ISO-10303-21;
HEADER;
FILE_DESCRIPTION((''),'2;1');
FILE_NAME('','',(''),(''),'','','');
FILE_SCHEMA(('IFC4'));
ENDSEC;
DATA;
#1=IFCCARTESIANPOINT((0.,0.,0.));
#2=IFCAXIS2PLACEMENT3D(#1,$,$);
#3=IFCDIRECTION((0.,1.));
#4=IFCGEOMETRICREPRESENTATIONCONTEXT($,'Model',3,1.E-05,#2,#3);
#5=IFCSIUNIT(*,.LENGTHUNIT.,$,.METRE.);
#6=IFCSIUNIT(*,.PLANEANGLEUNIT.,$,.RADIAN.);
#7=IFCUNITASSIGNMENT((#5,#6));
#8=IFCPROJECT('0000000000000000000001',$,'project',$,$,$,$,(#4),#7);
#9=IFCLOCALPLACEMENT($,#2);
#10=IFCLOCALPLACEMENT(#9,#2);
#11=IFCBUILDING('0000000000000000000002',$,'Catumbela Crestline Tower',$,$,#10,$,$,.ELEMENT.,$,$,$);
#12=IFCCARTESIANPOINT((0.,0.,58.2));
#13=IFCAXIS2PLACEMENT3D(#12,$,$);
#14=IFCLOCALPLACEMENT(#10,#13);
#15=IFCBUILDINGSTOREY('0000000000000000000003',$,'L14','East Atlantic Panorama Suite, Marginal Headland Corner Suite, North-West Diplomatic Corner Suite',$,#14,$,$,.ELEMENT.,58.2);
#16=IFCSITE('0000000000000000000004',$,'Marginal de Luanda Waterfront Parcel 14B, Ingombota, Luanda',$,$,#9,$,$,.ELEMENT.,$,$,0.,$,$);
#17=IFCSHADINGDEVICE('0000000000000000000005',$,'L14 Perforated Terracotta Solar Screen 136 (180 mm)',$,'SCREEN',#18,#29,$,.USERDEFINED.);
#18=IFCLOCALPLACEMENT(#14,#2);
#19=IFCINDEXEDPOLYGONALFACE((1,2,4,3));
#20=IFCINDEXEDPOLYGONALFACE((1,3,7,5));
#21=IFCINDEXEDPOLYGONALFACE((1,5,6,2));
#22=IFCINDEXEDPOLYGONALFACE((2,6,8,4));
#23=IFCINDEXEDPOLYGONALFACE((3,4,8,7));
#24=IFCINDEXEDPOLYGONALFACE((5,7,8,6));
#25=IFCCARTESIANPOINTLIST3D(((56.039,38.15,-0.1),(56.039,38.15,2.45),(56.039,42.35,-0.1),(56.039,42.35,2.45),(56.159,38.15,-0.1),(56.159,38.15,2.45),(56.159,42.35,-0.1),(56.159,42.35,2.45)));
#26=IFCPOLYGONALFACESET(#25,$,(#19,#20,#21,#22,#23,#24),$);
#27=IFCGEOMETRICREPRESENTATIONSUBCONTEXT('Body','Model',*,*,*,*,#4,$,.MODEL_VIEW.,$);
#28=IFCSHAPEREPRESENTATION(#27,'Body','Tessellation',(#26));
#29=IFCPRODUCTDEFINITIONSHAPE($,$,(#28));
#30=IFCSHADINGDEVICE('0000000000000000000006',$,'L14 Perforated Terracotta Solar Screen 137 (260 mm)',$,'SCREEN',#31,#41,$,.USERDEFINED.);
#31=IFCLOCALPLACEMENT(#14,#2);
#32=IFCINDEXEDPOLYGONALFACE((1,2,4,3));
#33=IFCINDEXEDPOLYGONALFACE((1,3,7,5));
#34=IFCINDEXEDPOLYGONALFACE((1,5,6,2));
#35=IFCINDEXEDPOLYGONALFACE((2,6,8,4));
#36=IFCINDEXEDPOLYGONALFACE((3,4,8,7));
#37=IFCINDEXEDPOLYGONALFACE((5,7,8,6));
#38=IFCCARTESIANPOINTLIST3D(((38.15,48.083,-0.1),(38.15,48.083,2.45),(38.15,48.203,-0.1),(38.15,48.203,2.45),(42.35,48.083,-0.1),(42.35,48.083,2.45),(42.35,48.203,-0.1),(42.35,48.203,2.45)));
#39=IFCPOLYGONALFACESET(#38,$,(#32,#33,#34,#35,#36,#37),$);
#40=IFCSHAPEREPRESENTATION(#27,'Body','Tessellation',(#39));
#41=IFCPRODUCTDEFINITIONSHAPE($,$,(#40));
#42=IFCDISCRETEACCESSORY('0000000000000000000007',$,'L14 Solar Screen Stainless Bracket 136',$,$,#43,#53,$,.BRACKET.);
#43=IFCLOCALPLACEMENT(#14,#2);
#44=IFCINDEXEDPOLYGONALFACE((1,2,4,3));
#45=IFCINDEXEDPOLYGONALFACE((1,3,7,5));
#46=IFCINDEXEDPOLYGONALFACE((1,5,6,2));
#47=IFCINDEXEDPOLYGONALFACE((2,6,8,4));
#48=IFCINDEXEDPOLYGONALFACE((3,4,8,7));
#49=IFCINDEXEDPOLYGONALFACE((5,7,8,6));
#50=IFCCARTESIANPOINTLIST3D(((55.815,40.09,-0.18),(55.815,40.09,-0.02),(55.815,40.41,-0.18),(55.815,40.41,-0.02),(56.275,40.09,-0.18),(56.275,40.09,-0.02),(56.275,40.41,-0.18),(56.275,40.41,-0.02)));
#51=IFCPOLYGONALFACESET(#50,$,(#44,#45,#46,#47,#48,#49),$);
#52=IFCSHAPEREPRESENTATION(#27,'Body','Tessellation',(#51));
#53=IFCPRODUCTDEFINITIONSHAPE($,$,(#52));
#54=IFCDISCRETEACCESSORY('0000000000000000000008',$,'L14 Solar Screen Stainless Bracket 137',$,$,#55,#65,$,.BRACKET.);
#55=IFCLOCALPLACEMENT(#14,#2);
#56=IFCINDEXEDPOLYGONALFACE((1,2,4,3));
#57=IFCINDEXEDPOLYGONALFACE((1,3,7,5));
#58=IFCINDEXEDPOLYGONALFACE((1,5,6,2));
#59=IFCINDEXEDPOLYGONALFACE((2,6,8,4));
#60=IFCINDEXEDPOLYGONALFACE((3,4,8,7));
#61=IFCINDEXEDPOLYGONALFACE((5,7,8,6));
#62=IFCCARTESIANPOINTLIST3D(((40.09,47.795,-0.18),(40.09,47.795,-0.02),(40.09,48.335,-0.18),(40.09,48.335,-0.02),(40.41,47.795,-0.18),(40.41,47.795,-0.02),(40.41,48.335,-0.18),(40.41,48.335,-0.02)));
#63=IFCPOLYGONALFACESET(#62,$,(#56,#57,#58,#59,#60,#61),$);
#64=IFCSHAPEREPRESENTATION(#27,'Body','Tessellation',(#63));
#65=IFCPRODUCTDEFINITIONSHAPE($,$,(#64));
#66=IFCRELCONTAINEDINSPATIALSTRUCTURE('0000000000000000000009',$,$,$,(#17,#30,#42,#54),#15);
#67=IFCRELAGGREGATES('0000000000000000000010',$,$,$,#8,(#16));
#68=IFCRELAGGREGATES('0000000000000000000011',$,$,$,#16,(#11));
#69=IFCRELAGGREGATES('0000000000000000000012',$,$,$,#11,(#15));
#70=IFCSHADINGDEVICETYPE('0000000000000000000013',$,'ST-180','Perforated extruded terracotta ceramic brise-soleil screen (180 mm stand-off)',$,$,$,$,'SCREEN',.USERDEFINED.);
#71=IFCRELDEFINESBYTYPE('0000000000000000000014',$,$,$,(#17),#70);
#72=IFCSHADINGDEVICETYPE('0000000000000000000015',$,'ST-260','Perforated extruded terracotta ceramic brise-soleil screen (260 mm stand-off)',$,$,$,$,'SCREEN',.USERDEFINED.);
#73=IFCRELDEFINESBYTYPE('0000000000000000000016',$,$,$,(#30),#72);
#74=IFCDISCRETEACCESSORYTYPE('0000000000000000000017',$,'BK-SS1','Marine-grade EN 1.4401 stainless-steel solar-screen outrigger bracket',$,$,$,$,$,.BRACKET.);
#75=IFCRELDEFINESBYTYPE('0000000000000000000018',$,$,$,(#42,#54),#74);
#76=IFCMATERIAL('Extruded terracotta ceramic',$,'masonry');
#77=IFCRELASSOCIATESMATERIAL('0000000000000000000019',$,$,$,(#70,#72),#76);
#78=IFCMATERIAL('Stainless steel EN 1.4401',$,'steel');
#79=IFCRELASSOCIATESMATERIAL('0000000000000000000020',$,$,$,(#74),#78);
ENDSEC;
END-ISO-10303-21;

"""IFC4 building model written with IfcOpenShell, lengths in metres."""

from ifc_helpers import new_model, si_unit, direction, frame, origin, origin_2d, place, context, subcontext, project, spatial, rectangle, extrude, material, type_object, element, save


model = new_model("IFC4")

# Units and contexts
model_context = context("Model", 3, precision=1e-05, world=origin(), true_north=direction((0.0, 1.0)))
body_context = subcontext(model_context, "Body", "Model", "MODEL_VIEW")
ifc_project = project(units=[si_unit("LENGTHUNIT", "METRE"), si_unit("PLANEANGLEUNIT", "RADIAN")], contexts=[model_context])

# Site, building, storey
site_placement = place(None, origin())
site = spatial("IfcSite", under=ifc_project, at=site_placement, Name="Marginal de Luanda Waterfront Parcel 14B, Ingombota, Luanda", CompositionType="ELEMENT", RefElevation=0.0)
building_placement = place(site_placement, origin())
building = spatial("IfcBuilding", under=site, at=building_placement, Name="Catumbela Crestline Tower", CompositionType="ELEMENT")
storey_placement = place(building_placement, frame((0.0, 0.0, 58.2)))
storey = spatial("IfcBuildingStorey", under=building, at=storey_placement, Name="L14", Description="East Atlantic Panorama Suite, Marginal Headland Corner Suite, North-West Diplomatic Corner Suite", CompositionType="ELEMENT", Elevation=58.2)

# Shading devices
ifc_material_1 = material(Name="Extruded terracotta ceramic", Category="masonry")
shading_device_type_1 = type_object("IfcShadingDeviceType", Name="ST-180", Description="Perforated extruded terracotta ceramic brise-soleil screen (180 mm stand-off)", ElementType="SCREEN", PredefinedType="USERDEFINED", material=ifc_material_1)
shading_device_1_placement = place(storey_placement, frame((56.099, 40.25, -0.1), z_axis=(0.0, 0.0, 1.0), x_axis=(0.0, 1.0, 0.0)))
element("IfcShadingDevice", 1, at=shading_device_1_placement, inside=storey, type_object=shading_device_type_1, Name="L14 Perforated Terracotta Solar Screen 136 (180 mm)", ObjectType="SCREEN", PredefinedType="USERDEFINED", context=body_context, shape_type="SweptSolid", body=[
    extrude(rectangle(XDim=4.2, YDim=0.12, at=origin_2d()), origin(), (0.0, 0.0, 1.0), 2.55),
])
shading_device_type_2 = type_object("IfcShadingDeviceType", Name="ST-260", Description="Perforated extruded terracotta ceramic brise-soleil screen (260 mm stand-off)", ElementType="SCREEN", PredefinedType="USERDEFINED", material=ifc_material_1)
shading_device_2_placement = place(storey_placement, frame((40.25, 48.143, -0.1), z_axis=(0.0, 0.0, 1.0), x_axis=(-1.0, 0.0, 0.0)))
element("IfcShadingDevice", 2, at=shading_device_2_placement, inside=storey, type_object=shading_device_type_2, Name="L14 Perforated Terracotta Solar Screen 137 (260 mm)", ObjectType="SCREEN", PredefinedType="USERDEFINED", context=body_context, shape_type="SweptSolid", body=[
    extrude(rectangle(XDim=4.2, YDim=0.12, at=origin_2d()), origin(), (0.0, 0.0, 1.0), 2.55),
])

# Discrete accessories
ifc_material_2 = material(Name="Stainless steel EN 1.4401", Category="steel")
discrete_accessory_type = type_object("IfcDiscreteAccessoryType", Name="BK-SS1", Description="Marine-grade EN 1.4401 stainless-steel solar-screen outrigger bracket", PredefinedType="BRACKET", material=ifc_material_2)
discrete_accessory_1_placement = place(storey_placement, frame((56.045, 40.25, -0.18), z_axis=(0.0, 0.0, 1.0), x_axis=(0.0, 1.0, 0.0)))
element("IfcDiscreteAccessory", 3, at=discrete_accessory_1_placement, inside=storey, type_object=discrete_accessory_type, Name="L14 Solar Screen Stainless Bracket 136", PredefinedType="BRACKET", context=body_context, shape_type="SweptSolid", body=[
    extrude(rectangle(XDim=0.32, YDim=0.46, at=origin_2d()), origin(), (0.0, 0.0, 1.0), 0.16),
])
discrete_accessory_2_placement = place(storey_placement, frame((40.25, 48.065, -0.18), z_axis=(0.0, 0.0, 1.0), x_axis=(-1.0, 0.0, 0.0)))
element("IfcDiscreteAccessory", 4, at=discrete_accessory_2_placement, inside=storey, type_object=discrete_accessory_type, Name="L14 Solar Screen Stainless Bracket 137", PredefinedType="BRACKET", context=body_context, shape_type="SweptSolid", body=[
    extrude(rectangle(XDim=0.32, YDim=0.54, at=origin_2d()), origin(), (0.0, 0.0, 1.0), 0.16),
])

save(model, "model.ifc")
